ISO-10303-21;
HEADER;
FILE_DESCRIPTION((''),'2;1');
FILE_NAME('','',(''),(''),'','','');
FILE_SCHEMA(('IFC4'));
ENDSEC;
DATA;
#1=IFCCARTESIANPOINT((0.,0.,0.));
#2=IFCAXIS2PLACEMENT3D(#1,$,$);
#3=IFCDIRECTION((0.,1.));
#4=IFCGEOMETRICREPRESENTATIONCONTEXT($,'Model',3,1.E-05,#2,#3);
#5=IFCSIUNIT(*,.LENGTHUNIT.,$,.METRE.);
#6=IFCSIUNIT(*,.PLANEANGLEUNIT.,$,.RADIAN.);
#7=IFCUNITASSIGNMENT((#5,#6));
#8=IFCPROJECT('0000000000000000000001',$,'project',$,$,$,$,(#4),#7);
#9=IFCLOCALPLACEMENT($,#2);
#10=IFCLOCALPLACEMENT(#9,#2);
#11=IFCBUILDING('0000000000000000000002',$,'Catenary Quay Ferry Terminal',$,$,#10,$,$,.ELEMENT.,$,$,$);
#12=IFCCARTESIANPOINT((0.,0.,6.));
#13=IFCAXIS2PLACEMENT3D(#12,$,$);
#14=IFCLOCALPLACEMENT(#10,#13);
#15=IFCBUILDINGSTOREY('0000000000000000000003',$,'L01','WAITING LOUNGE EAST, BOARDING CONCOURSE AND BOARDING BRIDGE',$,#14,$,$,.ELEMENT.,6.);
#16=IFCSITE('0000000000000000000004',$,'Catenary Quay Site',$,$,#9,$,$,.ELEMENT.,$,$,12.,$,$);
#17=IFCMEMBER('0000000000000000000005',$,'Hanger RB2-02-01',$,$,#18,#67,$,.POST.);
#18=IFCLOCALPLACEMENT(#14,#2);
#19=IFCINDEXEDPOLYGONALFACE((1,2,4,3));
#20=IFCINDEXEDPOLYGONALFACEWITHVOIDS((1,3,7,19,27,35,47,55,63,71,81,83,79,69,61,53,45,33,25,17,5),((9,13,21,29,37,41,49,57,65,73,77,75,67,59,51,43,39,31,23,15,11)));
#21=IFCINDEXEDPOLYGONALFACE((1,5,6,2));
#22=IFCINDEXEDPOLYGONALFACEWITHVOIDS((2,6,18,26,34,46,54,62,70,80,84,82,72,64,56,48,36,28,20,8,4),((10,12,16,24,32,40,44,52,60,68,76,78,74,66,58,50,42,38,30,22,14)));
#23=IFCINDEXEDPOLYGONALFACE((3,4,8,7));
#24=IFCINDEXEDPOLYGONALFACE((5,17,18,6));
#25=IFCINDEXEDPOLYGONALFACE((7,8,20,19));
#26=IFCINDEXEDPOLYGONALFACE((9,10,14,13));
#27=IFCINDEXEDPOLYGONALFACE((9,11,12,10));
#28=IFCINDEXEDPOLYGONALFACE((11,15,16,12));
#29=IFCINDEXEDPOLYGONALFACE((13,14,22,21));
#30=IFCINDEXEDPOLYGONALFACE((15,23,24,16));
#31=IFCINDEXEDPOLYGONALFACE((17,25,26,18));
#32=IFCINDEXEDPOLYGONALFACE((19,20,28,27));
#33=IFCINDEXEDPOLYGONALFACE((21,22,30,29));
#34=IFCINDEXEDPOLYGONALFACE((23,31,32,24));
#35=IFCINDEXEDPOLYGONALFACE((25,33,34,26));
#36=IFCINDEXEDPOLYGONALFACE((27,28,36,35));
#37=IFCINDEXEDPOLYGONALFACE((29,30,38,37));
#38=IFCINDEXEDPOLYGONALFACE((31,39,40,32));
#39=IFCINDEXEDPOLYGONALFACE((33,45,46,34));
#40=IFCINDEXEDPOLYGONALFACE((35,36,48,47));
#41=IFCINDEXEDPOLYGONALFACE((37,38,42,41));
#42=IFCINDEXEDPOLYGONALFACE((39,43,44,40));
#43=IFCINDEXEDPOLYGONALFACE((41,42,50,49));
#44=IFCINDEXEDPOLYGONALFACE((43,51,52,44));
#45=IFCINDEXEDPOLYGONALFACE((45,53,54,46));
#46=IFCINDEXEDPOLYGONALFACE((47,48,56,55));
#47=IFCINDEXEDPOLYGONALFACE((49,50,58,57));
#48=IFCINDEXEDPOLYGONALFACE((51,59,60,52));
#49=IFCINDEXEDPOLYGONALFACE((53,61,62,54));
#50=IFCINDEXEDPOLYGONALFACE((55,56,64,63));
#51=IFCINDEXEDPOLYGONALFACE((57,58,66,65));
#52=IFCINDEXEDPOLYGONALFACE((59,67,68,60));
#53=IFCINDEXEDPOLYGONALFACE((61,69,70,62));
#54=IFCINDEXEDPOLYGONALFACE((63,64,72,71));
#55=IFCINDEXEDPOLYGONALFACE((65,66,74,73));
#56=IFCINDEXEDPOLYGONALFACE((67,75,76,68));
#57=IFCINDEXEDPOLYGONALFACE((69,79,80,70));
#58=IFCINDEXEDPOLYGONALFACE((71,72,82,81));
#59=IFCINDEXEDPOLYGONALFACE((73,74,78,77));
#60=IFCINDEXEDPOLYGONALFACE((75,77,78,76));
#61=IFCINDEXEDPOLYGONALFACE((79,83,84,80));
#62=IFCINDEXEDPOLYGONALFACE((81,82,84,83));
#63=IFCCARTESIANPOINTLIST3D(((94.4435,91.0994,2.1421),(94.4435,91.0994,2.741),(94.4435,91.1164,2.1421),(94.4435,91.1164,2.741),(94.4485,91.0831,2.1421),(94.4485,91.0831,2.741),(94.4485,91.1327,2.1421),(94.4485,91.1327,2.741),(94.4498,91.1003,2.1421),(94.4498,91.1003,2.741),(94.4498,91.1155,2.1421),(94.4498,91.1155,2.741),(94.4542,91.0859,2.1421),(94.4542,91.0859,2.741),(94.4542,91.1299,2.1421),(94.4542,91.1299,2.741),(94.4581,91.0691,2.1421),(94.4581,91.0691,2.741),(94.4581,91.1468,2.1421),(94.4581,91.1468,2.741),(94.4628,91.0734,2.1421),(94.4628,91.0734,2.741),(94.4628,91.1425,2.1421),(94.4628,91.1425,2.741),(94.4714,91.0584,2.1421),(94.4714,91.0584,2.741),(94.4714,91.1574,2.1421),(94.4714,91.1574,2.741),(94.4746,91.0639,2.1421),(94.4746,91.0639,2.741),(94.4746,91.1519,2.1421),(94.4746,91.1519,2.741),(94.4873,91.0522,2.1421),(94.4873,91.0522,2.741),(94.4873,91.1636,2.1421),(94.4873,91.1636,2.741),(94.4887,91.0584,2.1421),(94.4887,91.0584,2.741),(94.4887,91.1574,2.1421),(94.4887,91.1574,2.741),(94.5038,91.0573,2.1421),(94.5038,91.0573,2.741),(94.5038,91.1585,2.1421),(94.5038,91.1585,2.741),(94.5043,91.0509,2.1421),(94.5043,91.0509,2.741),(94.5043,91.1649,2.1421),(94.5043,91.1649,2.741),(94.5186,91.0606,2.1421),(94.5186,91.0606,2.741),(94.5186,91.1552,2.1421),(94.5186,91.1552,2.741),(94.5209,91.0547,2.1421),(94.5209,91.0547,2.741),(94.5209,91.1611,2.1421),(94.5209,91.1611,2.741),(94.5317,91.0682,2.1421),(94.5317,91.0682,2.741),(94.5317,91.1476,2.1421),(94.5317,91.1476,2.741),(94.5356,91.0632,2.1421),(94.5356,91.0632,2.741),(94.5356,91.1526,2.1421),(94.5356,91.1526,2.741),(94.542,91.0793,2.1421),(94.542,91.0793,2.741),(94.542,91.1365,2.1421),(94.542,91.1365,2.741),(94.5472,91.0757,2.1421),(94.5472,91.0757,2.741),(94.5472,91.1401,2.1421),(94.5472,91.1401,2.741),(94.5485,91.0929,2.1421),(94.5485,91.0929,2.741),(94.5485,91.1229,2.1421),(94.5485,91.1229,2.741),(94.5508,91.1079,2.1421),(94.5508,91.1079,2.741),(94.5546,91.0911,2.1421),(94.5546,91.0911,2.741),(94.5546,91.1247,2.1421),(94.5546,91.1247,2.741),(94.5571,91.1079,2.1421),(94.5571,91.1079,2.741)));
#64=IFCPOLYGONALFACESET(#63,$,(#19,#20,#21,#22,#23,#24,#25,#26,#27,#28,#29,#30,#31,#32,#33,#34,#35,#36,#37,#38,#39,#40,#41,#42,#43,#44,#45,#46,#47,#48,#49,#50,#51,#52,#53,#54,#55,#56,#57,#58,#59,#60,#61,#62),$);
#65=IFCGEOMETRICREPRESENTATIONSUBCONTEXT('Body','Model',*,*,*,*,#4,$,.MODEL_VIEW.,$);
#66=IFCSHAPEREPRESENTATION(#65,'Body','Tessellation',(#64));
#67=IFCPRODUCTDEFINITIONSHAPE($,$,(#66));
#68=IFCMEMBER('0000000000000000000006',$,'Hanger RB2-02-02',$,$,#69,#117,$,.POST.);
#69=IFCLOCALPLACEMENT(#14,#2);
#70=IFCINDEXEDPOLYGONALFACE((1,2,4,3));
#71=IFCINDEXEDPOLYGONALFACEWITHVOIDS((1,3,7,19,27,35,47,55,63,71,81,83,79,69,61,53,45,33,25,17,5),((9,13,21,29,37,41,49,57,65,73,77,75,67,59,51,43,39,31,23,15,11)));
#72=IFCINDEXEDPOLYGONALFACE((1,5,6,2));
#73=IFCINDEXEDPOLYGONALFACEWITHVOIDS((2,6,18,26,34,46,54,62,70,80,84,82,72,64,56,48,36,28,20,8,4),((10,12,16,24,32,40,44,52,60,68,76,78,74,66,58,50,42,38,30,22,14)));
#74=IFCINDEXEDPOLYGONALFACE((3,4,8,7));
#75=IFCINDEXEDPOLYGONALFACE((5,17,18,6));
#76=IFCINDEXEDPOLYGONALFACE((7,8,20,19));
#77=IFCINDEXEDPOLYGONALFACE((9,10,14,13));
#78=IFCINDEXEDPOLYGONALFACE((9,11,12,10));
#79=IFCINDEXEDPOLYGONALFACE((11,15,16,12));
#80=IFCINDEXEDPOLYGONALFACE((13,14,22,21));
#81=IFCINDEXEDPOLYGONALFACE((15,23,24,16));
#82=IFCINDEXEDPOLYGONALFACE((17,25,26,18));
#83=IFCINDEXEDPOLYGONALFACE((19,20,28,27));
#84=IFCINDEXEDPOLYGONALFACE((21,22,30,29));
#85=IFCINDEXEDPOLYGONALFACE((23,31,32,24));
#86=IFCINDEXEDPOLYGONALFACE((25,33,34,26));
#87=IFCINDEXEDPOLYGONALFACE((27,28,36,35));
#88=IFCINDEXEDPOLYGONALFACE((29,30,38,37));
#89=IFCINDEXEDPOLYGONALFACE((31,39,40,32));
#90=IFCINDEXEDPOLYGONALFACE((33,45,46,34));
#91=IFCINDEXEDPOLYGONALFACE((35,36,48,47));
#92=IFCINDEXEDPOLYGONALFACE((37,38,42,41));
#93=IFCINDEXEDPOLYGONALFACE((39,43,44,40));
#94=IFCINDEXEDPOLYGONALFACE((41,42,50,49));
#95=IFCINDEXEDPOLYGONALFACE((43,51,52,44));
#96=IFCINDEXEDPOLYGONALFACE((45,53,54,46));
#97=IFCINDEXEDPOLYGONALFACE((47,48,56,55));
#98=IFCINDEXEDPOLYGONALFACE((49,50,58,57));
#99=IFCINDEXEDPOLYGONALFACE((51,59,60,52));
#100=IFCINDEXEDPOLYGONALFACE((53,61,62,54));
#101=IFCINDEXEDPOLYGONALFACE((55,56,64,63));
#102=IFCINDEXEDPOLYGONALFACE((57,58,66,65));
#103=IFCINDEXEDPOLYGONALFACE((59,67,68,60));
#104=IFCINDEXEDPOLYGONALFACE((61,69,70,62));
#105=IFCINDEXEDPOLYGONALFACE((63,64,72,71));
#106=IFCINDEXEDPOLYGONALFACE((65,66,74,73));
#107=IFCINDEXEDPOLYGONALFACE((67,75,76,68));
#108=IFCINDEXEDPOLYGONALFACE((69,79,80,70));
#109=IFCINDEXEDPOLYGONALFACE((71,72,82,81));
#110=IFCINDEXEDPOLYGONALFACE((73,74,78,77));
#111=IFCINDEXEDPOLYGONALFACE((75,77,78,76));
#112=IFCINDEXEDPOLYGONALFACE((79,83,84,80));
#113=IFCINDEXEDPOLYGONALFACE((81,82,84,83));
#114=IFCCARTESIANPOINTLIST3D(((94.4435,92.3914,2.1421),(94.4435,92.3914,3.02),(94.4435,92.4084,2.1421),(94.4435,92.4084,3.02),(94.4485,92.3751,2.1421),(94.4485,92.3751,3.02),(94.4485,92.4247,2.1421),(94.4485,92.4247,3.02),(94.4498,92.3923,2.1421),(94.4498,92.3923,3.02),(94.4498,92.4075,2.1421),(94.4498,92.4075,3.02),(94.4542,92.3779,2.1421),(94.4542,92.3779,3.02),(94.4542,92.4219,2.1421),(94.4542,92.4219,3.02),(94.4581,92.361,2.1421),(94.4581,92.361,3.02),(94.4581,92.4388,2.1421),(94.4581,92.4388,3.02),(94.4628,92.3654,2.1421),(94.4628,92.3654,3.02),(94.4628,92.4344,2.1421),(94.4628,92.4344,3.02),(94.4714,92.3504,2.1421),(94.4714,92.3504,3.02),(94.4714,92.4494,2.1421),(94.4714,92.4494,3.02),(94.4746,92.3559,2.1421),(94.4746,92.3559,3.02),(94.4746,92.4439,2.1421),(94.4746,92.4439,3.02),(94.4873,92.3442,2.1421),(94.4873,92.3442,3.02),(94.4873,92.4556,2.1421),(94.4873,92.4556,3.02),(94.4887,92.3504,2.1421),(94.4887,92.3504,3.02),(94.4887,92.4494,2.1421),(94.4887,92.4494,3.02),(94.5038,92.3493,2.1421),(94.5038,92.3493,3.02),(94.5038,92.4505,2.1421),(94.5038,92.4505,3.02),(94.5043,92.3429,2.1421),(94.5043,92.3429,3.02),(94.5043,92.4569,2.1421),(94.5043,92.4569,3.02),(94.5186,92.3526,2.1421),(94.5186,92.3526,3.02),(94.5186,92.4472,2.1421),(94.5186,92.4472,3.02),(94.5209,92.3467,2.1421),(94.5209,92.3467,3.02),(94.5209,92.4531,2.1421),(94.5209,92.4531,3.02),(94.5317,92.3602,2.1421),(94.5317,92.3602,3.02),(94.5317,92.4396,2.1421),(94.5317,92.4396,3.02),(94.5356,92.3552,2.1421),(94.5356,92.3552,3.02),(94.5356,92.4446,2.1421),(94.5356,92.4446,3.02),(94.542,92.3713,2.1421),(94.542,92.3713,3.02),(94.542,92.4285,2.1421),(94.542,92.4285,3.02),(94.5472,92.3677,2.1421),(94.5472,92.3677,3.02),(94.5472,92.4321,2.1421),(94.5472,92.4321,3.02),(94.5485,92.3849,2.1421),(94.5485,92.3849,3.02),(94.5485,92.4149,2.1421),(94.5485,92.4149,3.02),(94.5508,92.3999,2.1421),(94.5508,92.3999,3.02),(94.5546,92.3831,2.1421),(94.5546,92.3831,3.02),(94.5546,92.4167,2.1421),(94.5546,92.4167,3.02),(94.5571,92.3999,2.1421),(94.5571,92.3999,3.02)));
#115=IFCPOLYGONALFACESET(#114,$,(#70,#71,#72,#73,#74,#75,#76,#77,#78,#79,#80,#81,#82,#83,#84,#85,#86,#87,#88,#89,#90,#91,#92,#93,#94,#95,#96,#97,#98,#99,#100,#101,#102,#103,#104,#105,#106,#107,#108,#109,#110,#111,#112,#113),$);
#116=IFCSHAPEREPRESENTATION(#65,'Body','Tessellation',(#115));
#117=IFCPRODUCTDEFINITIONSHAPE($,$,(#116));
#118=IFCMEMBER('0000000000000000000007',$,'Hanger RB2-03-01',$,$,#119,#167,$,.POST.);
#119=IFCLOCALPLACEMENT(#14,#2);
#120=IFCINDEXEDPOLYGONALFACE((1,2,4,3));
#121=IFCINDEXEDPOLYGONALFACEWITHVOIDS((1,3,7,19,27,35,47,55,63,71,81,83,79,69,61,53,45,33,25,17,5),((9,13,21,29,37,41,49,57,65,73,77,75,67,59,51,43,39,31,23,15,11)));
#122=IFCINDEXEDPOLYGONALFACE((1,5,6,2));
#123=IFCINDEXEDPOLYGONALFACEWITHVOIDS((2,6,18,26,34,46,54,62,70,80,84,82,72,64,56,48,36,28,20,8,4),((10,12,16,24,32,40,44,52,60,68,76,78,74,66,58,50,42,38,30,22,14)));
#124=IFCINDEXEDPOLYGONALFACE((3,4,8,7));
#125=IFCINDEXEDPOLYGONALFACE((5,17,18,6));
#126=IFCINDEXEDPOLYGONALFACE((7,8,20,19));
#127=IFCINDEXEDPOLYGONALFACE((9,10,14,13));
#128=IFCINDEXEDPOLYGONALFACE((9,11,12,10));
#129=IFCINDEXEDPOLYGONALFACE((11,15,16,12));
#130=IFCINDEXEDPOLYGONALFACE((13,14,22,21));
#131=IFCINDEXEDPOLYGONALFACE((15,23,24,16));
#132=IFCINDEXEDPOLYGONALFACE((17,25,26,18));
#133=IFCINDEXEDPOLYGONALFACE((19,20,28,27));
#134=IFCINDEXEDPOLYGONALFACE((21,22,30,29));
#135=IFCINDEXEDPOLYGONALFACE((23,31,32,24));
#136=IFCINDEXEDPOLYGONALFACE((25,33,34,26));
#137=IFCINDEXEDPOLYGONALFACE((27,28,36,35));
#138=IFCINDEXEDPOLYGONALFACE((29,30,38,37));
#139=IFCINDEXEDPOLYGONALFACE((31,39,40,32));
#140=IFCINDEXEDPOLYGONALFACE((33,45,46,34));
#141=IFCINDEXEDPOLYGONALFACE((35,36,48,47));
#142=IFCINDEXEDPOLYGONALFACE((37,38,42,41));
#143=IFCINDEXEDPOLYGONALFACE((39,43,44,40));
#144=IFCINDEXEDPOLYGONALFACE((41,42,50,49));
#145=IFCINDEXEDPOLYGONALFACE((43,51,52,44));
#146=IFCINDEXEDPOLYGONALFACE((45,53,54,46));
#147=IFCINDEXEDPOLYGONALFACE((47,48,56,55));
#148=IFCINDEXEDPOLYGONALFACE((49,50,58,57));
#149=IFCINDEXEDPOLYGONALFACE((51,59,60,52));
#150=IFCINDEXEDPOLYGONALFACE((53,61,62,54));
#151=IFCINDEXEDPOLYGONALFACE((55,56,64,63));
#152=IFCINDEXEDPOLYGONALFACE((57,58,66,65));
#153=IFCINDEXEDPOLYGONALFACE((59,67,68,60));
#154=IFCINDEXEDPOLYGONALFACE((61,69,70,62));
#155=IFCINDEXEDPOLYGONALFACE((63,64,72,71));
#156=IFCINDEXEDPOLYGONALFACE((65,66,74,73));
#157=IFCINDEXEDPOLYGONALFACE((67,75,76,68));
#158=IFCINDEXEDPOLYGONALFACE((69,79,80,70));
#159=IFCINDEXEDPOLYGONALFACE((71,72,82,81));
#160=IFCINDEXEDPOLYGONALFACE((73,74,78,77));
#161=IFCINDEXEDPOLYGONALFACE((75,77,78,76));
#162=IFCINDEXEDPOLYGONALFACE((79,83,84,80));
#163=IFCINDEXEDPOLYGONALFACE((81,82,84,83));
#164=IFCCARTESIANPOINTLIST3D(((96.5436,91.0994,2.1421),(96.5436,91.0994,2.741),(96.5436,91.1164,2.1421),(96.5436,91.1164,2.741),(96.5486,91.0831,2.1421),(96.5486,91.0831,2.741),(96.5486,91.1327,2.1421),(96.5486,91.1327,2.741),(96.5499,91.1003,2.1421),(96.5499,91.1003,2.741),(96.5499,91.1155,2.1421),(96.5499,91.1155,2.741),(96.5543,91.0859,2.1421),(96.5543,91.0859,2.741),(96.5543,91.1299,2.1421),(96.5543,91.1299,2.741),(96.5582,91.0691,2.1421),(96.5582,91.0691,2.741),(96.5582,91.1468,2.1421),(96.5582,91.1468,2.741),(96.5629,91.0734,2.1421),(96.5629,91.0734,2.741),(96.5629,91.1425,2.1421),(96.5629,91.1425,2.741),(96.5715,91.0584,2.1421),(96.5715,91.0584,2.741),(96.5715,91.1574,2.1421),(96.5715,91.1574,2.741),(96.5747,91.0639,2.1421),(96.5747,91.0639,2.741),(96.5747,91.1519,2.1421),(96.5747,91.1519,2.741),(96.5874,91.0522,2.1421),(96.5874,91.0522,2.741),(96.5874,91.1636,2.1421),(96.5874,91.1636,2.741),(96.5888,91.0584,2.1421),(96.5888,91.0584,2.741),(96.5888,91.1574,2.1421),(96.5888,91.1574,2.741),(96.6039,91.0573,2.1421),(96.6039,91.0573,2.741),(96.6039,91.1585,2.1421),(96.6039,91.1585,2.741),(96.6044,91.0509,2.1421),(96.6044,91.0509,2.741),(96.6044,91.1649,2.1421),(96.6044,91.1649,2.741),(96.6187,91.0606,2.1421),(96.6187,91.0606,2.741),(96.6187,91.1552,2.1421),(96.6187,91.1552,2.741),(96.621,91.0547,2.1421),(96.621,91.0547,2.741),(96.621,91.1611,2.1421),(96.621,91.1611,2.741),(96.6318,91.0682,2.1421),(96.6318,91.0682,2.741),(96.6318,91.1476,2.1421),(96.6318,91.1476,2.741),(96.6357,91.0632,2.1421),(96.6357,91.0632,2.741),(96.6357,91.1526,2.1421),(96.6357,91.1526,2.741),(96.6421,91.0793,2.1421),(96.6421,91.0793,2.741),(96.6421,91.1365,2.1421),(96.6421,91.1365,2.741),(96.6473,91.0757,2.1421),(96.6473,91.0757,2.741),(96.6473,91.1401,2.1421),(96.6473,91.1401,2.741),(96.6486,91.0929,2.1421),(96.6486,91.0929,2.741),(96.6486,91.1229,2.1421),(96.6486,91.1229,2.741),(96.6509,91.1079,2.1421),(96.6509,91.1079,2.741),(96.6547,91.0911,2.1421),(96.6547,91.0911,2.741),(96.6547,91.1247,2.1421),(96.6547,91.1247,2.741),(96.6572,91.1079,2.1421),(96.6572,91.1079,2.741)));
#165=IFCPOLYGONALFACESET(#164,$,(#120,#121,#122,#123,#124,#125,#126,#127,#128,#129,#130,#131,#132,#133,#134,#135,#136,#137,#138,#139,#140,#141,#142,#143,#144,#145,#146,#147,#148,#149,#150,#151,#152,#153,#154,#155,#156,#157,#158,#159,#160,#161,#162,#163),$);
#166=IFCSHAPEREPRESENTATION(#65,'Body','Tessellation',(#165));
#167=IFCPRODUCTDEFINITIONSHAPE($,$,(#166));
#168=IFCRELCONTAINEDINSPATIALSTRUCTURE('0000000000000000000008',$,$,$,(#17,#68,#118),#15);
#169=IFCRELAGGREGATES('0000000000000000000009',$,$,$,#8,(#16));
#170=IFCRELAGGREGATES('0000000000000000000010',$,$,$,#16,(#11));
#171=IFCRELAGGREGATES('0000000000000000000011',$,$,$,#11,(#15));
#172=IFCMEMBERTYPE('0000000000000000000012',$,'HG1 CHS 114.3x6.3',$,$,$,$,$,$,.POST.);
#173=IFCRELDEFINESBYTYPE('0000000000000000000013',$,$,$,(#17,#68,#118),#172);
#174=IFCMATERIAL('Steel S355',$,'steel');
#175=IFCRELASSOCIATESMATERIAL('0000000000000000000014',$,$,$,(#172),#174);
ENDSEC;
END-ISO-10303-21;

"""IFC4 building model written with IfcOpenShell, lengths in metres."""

from ifc_helpers import new_model, si_unit, direction, frame, origin, origin_2d, place, context, subcontext, project, spatial, hollow_circle, extrude, material, material_profile, profile_set, type_object, element, save


model = new_model("IFC4")

# Units and contexts
model_context = context("Model", 3, precision=1e-05, world=origin(), true_north=direction((0.0, 1.0)))
body_context = subcontext(model_context, "Body", "Model", "MODEL_VIEW")
ifc_project = project(units=[si_unit("LENGTHUNIT", "METRE"), si_unit("PLANEANGLEUNIT", "RADIAN")], contexts=[model_context])

# Site, building, storey
site_placement = place(None, origin())
site = spatial("IfcSite", under=ifc_project, at=site_placement, Name="Catenary Quay Site", CompositionType="ELEMENT", RefElevation=12.0)
building_placement = place(site_placement, origin())
building = spatial("IfcBuilding", under=site, at=building_placement, Name="Catenary Quay Ferry Terminal", CompositionType="ELEMENT")
storey_placement = place(building_placement, frame((0.0, 0.0, 6.0)))
storey = spatial("IfcBuildingStorey", under=building, at=storey_placement, Name="L01", Description="WAITING LOUNGE EAST, BOARDING CONCOURSE AND BOARDING BRIDGE", CompositionType="ELEMENT", Elevation=6.0)

# Members
ifc_material_1 = material(Name="Steel S355", Category="steel")
ifc_material_profile_1 = material_profile(ifc_material_1, hollow_circle(Radius=0.0571, WallThickness=0.0063, at=origin_2d()), Name="CHS 114.3x6.3")
ifc_profile_set_1 = profile_set([ifc_material_profile_1], Name="Steel S355")
member_type_1 = type_object("IfcMemberType", Name="HG1 CHS 114.3x6.3", PredefinedType="POST", material=ifc_profile_set_1)
member_1_placement = place(storey_placement, frame((94.5, 91.1079, 2.1421), z_axis=(0.0, 0.0, 1.0), x_axis=(1.0, 0.0, 0.0)))
element("IfcMember", 1, at=member_1_placement, inside=storey, type_object=member_type_1, Name="Hanger RB2-02-01", PredefinedType="POST", context=body_context, shape_type="SweptSolid", body=[
    extrude(hollow_circle(Radius=0.0571, WallThickness=0.0063, at=origin_2d()), origin(), (0.0, 0.0, 1.0), 0.5989),
])
member_2_placement = place(storey_placement, frame((94.5, 92.3999, 2.1421), z_axis=(0.0, 0.0, 1.0), x_axis=(1.0, 0.0, 0.0)))
element("IfcMember", 2, at=member_2_placement, inside=storey, type_object=member_type_1, Name="Hanger RB2-02-02", PredefinedType="POST", context=body_context, shape_type="SweptSolid", body=[
    extrude(hollow_circle(Radius=0.0571, WallThickness=0.0063, at=origin_2d()), origin(), (0.0, 0.0, 1.0), 0.8779),
])
member_3_placement = place(storey_placement, frame((96.6001, 91.1079, 2.1421), z_axis=(0.0, 0.0, 1.0), x_axis=(1.0, 0.0, 0.0)))
element("IfcMember", 3, at=member_3_placement, inside=storey, type_object=member_type_1, Name="Hanger RB2-03-01", PredefinedType="POST", context=body_context, shape_type="SweptSolid", body=[
    extrude(hollow_circle(Radius=0.0571, WallThickness=0.0063, at=origin_2d()), origin(), (0.0, 0.0, 1.0), 0.5989),
])

save(model, "model.ifc")
